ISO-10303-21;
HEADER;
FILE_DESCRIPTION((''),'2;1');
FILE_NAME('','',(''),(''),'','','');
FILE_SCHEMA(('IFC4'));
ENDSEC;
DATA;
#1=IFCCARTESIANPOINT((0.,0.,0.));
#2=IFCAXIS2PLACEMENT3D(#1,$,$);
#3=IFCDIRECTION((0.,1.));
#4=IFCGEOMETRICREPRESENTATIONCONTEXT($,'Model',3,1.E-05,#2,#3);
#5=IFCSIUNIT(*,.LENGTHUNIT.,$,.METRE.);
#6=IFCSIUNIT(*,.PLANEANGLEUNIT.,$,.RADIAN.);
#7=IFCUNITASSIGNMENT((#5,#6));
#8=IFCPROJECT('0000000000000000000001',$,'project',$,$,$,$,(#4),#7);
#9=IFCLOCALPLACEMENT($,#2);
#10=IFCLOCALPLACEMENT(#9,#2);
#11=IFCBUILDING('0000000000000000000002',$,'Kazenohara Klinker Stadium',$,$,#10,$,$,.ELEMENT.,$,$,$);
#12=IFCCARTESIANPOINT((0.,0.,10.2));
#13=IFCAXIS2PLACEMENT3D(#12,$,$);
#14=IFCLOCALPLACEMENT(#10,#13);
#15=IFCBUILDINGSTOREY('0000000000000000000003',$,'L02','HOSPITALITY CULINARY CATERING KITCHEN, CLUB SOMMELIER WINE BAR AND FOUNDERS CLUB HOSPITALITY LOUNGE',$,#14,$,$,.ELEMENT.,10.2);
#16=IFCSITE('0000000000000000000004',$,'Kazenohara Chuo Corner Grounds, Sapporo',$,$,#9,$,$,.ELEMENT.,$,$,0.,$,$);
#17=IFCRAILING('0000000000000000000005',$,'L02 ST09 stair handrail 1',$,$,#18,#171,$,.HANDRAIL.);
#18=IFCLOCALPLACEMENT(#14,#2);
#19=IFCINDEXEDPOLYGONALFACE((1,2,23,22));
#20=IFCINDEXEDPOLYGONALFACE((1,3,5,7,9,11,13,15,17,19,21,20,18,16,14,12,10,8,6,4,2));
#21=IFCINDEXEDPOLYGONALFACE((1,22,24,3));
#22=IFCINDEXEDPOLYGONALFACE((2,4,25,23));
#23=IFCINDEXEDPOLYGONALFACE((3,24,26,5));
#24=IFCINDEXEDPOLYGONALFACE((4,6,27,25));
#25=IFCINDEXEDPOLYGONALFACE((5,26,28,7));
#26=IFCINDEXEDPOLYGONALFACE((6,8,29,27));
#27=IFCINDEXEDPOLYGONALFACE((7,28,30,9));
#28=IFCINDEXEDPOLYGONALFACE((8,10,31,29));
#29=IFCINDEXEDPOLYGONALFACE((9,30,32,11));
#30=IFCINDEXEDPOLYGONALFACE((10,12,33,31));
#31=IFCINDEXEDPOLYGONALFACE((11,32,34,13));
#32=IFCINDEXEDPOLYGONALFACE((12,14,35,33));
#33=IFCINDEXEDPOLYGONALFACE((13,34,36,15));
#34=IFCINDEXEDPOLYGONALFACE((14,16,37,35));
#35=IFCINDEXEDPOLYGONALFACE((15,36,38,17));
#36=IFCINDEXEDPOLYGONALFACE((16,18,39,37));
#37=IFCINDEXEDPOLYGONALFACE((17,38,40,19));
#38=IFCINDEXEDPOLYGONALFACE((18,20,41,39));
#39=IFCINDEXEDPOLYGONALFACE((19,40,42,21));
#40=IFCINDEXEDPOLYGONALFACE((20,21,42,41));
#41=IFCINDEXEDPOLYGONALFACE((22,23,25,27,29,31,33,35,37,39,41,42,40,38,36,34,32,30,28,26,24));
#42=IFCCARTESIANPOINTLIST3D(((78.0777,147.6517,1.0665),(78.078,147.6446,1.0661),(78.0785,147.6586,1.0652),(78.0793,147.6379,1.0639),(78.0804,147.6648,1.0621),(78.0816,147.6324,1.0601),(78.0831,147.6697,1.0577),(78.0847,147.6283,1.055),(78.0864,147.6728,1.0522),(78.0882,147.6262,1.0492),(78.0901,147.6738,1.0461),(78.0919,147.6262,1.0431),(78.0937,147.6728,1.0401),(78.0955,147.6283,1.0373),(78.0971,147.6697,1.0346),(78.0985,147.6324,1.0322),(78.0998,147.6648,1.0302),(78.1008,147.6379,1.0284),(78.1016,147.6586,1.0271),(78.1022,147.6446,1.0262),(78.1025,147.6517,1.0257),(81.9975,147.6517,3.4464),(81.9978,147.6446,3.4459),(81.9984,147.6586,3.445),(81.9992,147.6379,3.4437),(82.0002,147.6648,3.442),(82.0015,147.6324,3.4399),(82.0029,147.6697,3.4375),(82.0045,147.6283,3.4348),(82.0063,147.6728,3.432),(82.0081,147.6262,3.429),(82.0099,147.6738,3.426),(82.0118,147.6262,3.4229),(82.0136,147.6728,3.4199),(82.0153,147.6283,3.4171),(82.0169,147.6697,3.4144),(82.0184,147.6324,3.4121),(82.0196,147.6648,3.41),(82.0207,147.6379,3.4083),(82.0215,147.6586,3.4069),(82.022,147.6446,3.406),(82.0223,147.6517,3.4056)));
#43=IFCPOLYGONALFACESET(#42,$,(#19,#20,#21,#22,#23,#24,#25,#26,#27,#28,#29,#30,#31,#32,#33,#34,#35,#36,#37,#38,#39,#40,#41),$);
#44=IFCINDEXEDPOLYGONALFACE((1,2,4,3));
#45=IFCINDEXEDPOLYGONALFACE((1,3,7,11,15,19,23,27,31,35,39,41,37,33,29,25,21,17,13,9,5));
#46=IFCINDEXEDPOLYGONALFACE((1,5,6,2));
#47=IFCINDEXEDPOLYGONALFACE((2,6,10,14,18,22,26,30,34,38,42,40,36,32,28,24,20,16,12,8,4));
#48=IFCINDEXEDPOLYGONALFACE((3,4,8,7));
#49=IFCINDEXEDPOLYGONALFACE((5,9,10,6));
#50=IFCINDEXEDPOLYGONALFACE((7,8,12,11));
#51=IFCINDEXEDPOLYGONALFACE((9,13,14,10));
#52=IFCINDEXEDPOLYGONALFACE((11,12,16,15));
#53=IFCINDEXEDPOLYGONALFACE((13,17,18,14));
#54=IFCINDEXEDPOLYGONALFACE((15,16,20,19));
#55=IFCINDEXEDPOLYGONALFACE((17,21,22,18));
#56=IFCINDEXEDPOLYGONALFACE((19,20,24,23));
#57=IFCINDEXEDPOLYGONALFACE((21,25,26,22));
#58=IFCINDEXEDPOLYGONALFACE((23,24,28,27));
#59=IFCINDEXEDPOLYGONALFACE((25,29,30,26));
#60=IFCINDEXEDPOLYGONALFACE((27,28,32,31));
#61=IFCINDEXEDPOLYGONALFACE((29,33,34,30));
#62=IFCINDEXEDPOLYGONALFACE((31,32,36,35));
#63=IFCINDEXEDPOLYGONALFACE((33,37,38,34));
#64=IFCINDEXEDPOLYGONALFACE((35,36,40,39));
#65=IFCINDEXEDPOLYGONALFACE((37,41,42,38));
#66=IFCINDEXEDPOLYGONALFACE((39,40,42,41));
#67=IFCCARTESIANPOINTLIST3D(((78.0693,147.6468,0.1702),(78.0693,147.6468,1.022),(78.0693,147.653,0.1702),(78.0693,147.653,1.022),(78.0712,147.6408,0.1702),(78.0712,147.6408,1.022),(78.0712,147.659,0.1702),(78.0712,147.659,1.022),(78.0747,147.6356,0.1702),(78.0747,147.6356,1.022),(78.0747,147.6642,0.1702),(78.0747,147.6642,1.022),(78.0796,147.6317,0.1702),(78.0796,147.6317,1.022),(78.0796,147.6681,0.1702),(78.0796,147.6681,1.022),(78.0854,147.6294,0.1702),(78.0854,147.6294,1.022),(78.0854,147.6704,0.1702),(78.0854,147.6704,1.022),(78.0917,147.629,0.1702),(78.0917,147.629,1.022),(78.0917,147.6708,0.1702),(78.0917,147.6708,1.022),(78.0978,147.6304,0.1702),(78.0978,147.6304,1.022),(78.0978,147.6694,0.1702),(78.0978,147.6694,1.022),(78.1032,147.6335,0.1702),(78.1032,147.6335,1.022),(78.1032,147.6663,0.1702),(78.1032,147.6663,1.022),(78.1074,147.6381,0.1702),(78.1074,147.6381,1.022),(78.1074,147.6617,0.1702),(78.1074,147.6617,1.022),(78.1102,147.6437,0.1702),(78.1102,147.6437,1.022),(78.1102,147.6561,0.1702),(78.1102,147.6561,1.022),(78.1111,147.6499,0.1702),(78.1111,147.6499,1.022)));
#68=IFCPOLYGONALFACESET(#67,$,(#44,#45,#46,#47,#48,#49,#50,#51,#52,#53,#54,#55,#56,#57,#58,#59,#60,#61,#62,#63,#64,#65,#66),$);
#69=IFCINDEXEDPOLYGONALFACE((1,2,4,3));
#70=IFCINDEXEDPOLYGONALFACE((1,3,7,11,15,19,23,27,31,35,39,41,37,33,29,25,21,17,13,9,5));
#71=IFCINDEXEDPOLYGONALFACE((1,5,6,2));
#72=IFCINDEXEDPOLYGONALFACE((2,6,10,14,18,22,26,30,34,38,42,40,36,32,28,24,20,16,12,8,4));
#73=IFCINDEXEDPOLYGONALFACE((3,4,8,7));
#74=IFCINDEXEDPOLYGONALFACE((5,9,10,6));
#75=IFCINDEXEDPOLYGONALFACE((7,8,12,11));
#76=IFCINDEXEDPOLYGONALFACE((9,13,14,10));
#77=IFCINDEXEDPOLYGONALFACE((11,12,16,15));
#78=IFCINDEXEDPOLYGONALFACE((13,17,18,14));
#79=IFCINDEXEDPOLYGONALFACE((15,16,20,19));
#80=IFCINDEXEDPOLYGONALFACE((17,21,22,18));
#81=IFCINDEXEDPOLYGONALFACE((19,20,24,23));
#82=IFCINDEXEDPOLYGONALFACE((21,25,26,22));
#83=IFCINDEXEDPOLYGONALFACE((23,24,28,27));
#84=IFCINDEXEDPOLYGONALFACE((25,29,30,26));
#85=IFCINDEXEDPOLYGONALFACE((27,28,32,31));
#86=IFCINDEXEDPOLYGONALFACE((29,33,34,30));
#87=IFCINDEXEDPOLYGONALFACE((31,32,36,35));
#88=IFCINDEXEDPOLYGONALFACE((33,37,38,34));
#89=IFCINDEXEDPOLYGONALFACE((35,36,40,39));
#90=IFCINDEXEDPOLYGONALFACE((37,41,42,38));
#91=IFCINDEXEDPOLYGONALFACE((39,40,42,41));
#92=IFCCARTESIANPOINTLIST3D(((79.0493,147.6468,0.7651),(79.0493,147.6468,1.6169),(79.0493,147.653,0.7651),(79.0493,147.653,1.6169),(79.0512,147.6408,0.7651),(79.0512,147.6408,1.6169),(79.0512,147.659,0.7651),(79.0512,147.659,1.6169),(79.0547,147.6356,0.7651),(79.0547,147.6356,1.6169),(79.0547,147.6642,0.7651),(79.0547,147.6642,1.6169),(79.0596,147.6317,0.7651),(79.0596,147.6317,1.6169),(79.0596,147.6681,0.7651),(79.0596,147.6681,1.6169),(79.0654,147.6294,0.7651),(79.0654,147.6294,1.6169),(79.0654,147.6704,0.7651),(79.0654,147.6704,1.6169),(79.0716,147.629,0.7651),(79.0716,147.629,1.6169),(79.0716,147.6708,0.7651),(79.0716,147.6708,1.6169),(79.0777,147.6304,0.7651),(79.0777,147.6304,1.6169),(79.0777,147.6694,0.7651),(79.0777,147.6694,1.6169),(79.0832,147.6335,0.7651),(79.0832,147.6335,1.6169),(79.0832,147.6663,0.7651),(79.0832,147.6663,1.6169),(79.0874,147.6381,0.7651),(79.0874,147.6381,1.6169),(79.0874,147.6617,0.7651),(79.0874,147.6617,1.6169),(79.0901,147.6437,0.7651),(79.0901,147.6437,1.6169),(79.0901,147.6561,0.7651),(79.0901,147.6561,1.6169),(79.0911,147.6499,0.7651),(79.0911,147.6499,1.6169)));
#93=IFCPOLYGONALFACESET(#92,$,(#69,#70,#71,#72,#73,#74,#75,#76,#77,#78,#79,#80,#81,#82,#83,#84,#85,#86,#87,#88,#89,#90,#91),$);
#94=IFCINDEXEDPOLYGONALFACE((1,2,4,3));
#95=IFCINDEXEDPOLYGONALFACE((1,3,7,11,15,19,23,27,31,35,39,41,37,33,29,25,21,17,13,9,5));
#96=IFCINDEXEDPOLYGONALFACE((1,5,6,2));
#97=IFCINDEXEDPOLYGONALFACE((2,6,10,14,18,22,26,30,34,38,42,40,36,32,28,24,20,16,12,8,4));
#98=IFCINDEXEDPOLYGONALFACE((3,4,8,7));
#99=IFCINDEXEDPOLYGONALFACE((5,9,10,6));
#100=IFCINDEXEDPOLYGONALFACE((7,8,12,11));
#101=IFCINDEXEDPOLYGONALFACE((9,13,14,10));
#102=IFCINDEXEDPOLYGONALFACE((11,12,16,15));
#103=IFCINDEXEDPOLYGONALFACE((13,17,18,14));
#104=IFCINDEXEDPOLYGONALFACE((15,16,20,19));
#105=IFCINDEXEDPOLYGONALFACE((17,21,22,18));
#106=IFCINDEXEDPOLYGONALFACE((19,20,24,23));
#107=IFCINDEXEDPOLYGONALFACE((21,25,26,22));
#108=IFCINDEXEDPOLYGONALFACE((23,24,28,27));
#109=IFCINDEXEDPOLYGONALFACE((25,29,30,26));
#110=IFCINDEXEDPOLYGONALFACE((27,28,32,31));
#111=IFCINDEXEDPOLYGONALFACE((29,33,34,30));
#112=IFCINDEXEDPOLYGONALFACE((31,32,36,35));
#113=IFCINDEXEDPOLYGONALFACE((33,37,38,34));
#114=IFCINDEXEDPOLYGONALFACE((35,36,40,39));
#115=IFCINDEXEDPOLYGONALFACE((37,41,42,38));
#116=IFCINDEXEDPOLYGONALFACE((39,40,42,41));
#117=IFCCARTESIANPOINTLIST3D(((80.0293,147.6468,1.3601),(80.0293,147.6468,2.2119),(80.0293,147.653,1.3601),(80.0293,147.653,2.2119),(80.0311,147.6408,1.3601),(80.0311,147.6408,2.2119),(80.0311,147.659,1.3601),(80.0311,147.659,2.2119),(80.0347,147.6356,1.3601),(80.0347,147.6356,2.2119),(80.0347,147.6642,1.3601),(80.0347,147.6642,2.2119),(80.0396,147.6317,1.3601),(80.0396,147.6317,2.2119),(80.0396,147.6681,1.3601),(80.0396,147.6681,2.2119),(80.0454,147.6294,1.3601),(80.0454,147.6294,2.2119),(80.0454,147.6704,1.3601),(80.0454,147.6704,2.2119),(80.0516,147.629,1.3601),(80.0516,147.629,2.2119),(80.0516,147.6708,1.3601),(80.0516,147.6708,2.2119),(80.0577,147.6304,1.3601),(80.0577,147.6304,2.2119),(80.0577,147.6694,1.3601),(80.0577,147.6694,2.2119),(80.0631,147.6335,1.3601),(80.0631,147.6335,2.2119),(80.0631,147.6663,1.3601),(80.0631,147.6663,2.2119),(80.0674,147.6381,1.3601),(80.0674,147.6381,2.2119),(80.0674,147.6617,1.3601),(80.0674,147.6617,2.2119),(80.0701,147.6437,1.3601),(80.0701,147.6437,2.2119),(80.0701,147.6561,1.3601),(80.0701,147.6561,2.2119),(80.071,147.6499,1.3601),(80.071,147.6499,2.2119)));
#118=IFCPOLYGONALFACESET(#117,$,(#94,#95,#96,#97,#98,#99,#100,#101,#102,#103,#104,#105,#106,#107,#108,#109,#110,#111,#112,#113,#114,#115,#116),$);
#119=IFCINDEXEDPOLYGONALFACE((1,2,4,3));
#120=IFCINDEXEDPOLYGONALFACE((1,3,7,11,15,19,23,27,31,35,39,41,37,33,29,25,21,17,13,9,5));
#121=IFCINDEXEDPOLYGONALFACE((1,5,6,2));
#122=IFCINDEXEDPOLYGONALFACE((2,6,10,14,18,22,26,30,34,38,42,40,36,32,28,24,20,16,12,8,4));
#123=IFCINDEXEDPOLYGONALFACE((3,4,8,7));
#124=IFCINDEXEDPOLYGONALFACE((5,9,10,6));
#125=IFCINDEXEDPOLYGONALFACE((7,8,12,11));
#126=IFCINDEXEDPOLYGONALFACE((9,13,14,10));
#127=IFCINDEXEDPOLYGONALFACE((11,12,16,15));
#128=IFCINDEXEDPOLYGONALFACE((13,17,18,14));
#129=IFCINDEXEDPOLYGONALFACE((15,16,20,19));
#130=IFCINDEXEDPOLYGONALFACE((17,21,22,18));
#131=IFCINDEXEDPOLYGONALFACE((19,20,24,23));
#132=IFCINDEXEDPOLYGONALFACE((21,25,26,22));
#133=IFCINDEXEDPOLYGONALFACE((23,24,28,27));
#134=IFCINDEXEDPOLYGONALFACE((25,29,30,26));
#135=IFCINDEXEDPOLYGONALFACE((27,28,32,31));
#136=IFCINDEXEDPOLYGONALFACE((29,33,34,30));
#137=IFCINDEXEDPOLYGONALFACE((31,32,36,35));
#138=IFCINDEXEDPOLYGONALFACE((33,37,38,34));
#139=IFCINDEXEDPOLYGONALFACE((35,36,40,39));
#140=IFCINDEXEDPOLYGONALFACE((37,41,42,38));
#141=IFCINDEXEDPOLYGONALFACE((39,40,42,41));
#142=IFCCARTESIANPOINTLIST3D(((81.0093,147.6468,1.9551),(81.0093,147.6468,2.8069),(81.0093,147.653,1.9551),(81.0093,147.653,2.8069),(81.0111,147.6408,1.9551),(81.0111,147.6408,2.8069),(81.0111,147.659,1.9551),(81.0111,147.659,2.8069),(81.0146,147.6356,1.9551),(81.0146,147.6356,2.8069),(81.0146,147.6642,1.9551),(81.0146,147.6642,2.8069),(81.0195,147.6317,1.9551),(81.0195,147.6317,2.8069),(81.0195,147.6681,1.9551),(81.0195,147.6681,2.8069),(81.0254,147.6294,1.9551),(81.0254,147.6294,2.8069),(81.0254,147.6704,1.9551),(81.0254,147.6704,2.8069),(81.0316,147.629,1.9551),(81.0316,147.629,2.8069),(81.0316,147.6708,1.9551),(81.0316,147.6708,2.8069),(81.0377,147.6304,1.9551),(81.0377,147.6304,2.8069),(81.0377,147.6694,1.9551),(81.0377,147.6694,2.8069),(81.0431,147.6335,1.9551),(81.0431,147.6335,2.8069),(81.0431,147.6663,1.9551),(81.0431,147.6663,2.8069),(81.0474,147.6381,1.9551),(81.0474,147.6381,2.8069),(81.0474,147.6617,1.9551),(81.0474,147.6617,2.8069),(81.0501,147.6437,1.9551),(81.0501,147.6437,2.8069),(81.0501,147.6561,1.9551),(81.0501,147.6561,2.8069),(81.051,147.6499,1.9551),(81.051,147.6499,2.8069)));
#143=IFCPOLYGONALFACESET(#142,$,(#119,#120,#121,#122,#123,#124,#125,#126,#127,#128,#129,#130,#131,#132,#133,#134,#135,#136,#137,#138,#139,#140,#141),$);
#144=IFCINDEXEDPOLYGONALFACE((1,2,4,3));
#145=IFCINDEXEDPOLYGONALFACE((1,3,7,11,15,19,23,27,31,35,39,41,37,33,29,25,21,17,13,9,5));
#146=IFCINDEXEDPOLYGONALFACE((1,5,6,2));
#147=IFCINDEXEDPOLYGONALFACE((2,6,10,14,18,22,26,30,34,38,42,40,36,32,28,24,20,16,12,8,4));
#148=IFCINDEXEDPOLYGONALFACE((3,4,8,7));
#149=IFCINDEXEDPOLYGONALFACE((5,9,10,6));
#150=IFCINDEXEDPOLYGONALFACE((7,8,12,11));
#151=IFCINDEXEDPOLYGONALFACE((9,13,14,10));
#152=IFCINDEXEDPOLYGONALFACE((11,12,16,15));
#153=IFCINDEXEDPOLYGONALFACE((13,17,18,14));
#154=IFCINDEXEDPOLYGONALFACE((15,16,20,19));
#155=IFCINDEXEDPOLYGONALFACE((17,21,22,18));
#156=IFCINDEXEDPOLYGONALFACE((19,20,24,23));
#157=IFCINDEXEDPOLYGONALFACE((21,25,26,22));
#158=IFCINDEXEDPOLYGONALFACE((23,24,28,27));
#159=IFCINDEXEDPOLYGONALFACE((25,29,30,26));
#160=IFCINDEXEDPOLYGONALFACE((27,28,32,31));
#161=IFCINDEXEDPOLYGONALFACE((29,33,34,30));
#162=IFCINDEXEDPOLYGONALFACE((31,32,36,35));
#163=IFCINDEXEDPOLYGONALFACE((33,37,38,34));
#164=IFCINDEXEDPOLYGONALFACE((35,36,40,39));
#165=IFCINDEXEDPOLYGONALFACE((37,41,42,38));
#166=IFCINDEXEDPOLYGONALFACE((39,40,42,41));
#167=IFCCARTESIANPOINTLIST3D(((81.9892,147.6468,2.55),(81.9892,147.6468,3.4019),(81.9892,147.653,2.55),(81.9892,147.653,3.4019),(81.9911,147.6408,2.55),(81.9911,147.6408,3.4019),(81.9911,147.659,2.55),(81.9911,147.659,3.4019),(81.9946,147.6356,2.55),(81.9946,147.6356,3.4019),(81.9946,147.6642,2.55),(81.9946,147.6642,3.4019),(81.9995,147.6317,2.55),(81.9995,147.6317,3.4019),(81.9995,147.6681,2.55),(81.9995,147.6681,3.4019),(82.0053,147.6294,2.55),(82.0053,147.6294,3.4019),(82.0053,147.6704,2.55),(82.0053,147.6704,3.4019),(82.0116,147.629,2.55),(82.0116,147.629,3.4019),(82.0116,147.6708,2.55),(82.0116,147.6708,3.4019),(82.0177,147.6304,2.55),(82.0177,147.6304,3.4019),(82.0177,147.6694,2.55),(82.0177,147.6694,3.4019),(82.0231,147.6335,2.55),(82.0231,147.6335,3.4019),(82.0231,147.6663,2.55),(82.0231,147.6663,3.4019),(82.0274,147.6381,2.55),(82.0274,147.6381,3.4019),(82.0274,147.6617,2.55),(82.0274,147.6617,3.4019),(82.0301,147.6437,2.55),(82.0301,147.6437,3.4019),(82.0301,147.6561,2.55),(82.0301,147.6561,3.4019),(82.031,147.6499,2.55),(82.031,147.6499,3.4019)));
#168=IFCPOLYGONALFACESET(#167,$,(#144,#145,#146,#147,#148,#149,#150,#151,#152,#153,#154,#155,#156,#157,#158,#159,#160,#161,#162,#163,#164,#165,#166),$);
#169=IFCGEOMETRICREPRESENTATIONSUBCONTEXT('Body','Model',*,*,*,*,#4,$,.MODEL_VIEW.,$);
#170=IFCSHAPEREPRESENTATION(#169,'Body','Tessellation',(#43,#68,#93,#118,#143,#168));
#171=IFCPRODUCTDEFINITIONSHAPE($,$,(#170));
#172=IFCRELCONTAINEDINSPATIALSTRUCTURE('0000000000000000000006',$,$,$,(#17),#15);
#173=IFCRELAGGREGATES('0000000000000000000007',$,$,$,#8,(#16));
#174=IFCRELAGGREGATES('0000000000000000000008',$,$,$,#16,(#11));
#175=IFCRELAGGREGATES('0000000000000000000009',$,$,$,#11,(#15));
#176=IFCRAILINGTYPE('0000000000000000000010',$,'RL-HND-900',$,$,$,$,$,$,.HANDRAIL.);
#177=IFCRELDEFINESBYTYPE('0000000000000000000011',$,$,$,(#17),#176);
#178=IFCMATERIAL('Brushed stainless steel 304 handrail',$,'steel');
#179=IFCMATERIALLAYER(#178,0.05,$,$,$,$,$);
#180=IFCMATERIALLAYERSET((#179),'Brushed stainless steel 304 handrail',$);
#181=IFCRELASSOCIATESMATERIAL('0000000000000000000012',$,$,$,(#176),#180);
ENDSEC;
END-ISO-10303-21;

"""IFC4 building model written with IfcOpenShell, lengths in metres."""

from ifc_helpers import new_model, si_unit, direction, frame, origin, origin_2d, place, context, subcontext, project, spatial, circle, extrude, material, layer, layer_set, type_object, element, save


model = new_model("IFC4")

# Units and contexts
model_context = context("Model", 3, precision=1e-05, world=origin(), true_north=direction((0.0, 1.0)))
body_context = subcontext(model_context, "Body", "Model", "MODEL_VIEW")
ifc_project = project(units=[si_unit("LENGTHUNIT", "METRE"), si_unit("PLANEANGLEUNIT", "RADIAN")], contexts=[model_context])

# Site, building, storey
site_placement = place(None, origin())
site = spatial("IfcSite", under=ifc_project, at=site_placement, Name="Kazenohara Chuo Corner Grounds, Sapporo", CompositionType="ELEMENT", RefElevation=0.0)
building_placement = place(site_placement, origin())
building = spatial("IfcBuilding", under=site, at=building_placement, Name="Kazenohara Klinker Stadium", CompositionType="ELEMENT")
storey_placement = place(building_placement, frame((0.0, 0.0, 10.2)))
storey = spatial("IfcBuildingStorey", under=building, at=storey_placement, Name="L02", Description="HOSPITALITY CULINARY CATERING KITCHEN, CLUB SOMMELIER WINE BAR AND FOUNDERS CLUB HOSPITALITY LOUNGE", CompositionType="ELEMENT", Elevation=10.2)

# Railing
ifc_material_1 = material(Name="Brushed stainless steel 304 handrail", Category="steel")
ifc_layer_1 = layer(ifc_material_1, 0.05)
ifc_layer_set_1 = layer_set([ifc_layer_1], Name="Brushed stainless steel 304 handrail")
railing_type_1 = type_object("IfcRailingType", Name="RL-HND-900", PredefinedType="HANDRAIL", material=ifc_layer_set_1)
railing_1_placement = place(storey_placement, frame((78.0901, 147.6499, 0.1702)))
element("IfcRailing", 1, at=railing_1_placement, inside=storey, type_object=railing_type_1, Name="L02 ST09 stair handrail 1", PredefinedType="HANDRAIL", context=body_context, shape_type="SweptSolid", body=[
    extrude(circle(Radius=0.0239, at=origin_2d()), frame((0.0, 0.0, 0.876), z_axis=(0.854794, 0.0, 0.518967), x_axis=(0.0, 1.0, 0.0)), (0.0, 0.0, 1.0), 4.5857),
    extrude(circle(Radius=0.021, at=origin_2d()), origin(), (0.0, 0.0, 1.0), 0.8518),
    extrude(circle(Radius=0.021, at=origin_2d()), frame((0.98, 0.0, 0.595)), (0.0, 0.0, 1.0), 0.8518),
    extrude(circle(Radius=0.021, at=origin_2d()), frame((1.96, 0.0, 1.1899)), (0.0, 0.0, 1.0), 0.8518),
    extrude(circle(Radius=0.021, at=origin_2d()), frame((2.9399, 0.0, 1.7849)), (0.0, 0.0, 1.0), 0.8518),
    extrude(circle(Radius=0.021, at=origin_2d()), frame((3.9199, 0.0, 2.3799)), (0.0, 0.0, 1.0), 0.8518),
])

save(model, "model.ifc")
